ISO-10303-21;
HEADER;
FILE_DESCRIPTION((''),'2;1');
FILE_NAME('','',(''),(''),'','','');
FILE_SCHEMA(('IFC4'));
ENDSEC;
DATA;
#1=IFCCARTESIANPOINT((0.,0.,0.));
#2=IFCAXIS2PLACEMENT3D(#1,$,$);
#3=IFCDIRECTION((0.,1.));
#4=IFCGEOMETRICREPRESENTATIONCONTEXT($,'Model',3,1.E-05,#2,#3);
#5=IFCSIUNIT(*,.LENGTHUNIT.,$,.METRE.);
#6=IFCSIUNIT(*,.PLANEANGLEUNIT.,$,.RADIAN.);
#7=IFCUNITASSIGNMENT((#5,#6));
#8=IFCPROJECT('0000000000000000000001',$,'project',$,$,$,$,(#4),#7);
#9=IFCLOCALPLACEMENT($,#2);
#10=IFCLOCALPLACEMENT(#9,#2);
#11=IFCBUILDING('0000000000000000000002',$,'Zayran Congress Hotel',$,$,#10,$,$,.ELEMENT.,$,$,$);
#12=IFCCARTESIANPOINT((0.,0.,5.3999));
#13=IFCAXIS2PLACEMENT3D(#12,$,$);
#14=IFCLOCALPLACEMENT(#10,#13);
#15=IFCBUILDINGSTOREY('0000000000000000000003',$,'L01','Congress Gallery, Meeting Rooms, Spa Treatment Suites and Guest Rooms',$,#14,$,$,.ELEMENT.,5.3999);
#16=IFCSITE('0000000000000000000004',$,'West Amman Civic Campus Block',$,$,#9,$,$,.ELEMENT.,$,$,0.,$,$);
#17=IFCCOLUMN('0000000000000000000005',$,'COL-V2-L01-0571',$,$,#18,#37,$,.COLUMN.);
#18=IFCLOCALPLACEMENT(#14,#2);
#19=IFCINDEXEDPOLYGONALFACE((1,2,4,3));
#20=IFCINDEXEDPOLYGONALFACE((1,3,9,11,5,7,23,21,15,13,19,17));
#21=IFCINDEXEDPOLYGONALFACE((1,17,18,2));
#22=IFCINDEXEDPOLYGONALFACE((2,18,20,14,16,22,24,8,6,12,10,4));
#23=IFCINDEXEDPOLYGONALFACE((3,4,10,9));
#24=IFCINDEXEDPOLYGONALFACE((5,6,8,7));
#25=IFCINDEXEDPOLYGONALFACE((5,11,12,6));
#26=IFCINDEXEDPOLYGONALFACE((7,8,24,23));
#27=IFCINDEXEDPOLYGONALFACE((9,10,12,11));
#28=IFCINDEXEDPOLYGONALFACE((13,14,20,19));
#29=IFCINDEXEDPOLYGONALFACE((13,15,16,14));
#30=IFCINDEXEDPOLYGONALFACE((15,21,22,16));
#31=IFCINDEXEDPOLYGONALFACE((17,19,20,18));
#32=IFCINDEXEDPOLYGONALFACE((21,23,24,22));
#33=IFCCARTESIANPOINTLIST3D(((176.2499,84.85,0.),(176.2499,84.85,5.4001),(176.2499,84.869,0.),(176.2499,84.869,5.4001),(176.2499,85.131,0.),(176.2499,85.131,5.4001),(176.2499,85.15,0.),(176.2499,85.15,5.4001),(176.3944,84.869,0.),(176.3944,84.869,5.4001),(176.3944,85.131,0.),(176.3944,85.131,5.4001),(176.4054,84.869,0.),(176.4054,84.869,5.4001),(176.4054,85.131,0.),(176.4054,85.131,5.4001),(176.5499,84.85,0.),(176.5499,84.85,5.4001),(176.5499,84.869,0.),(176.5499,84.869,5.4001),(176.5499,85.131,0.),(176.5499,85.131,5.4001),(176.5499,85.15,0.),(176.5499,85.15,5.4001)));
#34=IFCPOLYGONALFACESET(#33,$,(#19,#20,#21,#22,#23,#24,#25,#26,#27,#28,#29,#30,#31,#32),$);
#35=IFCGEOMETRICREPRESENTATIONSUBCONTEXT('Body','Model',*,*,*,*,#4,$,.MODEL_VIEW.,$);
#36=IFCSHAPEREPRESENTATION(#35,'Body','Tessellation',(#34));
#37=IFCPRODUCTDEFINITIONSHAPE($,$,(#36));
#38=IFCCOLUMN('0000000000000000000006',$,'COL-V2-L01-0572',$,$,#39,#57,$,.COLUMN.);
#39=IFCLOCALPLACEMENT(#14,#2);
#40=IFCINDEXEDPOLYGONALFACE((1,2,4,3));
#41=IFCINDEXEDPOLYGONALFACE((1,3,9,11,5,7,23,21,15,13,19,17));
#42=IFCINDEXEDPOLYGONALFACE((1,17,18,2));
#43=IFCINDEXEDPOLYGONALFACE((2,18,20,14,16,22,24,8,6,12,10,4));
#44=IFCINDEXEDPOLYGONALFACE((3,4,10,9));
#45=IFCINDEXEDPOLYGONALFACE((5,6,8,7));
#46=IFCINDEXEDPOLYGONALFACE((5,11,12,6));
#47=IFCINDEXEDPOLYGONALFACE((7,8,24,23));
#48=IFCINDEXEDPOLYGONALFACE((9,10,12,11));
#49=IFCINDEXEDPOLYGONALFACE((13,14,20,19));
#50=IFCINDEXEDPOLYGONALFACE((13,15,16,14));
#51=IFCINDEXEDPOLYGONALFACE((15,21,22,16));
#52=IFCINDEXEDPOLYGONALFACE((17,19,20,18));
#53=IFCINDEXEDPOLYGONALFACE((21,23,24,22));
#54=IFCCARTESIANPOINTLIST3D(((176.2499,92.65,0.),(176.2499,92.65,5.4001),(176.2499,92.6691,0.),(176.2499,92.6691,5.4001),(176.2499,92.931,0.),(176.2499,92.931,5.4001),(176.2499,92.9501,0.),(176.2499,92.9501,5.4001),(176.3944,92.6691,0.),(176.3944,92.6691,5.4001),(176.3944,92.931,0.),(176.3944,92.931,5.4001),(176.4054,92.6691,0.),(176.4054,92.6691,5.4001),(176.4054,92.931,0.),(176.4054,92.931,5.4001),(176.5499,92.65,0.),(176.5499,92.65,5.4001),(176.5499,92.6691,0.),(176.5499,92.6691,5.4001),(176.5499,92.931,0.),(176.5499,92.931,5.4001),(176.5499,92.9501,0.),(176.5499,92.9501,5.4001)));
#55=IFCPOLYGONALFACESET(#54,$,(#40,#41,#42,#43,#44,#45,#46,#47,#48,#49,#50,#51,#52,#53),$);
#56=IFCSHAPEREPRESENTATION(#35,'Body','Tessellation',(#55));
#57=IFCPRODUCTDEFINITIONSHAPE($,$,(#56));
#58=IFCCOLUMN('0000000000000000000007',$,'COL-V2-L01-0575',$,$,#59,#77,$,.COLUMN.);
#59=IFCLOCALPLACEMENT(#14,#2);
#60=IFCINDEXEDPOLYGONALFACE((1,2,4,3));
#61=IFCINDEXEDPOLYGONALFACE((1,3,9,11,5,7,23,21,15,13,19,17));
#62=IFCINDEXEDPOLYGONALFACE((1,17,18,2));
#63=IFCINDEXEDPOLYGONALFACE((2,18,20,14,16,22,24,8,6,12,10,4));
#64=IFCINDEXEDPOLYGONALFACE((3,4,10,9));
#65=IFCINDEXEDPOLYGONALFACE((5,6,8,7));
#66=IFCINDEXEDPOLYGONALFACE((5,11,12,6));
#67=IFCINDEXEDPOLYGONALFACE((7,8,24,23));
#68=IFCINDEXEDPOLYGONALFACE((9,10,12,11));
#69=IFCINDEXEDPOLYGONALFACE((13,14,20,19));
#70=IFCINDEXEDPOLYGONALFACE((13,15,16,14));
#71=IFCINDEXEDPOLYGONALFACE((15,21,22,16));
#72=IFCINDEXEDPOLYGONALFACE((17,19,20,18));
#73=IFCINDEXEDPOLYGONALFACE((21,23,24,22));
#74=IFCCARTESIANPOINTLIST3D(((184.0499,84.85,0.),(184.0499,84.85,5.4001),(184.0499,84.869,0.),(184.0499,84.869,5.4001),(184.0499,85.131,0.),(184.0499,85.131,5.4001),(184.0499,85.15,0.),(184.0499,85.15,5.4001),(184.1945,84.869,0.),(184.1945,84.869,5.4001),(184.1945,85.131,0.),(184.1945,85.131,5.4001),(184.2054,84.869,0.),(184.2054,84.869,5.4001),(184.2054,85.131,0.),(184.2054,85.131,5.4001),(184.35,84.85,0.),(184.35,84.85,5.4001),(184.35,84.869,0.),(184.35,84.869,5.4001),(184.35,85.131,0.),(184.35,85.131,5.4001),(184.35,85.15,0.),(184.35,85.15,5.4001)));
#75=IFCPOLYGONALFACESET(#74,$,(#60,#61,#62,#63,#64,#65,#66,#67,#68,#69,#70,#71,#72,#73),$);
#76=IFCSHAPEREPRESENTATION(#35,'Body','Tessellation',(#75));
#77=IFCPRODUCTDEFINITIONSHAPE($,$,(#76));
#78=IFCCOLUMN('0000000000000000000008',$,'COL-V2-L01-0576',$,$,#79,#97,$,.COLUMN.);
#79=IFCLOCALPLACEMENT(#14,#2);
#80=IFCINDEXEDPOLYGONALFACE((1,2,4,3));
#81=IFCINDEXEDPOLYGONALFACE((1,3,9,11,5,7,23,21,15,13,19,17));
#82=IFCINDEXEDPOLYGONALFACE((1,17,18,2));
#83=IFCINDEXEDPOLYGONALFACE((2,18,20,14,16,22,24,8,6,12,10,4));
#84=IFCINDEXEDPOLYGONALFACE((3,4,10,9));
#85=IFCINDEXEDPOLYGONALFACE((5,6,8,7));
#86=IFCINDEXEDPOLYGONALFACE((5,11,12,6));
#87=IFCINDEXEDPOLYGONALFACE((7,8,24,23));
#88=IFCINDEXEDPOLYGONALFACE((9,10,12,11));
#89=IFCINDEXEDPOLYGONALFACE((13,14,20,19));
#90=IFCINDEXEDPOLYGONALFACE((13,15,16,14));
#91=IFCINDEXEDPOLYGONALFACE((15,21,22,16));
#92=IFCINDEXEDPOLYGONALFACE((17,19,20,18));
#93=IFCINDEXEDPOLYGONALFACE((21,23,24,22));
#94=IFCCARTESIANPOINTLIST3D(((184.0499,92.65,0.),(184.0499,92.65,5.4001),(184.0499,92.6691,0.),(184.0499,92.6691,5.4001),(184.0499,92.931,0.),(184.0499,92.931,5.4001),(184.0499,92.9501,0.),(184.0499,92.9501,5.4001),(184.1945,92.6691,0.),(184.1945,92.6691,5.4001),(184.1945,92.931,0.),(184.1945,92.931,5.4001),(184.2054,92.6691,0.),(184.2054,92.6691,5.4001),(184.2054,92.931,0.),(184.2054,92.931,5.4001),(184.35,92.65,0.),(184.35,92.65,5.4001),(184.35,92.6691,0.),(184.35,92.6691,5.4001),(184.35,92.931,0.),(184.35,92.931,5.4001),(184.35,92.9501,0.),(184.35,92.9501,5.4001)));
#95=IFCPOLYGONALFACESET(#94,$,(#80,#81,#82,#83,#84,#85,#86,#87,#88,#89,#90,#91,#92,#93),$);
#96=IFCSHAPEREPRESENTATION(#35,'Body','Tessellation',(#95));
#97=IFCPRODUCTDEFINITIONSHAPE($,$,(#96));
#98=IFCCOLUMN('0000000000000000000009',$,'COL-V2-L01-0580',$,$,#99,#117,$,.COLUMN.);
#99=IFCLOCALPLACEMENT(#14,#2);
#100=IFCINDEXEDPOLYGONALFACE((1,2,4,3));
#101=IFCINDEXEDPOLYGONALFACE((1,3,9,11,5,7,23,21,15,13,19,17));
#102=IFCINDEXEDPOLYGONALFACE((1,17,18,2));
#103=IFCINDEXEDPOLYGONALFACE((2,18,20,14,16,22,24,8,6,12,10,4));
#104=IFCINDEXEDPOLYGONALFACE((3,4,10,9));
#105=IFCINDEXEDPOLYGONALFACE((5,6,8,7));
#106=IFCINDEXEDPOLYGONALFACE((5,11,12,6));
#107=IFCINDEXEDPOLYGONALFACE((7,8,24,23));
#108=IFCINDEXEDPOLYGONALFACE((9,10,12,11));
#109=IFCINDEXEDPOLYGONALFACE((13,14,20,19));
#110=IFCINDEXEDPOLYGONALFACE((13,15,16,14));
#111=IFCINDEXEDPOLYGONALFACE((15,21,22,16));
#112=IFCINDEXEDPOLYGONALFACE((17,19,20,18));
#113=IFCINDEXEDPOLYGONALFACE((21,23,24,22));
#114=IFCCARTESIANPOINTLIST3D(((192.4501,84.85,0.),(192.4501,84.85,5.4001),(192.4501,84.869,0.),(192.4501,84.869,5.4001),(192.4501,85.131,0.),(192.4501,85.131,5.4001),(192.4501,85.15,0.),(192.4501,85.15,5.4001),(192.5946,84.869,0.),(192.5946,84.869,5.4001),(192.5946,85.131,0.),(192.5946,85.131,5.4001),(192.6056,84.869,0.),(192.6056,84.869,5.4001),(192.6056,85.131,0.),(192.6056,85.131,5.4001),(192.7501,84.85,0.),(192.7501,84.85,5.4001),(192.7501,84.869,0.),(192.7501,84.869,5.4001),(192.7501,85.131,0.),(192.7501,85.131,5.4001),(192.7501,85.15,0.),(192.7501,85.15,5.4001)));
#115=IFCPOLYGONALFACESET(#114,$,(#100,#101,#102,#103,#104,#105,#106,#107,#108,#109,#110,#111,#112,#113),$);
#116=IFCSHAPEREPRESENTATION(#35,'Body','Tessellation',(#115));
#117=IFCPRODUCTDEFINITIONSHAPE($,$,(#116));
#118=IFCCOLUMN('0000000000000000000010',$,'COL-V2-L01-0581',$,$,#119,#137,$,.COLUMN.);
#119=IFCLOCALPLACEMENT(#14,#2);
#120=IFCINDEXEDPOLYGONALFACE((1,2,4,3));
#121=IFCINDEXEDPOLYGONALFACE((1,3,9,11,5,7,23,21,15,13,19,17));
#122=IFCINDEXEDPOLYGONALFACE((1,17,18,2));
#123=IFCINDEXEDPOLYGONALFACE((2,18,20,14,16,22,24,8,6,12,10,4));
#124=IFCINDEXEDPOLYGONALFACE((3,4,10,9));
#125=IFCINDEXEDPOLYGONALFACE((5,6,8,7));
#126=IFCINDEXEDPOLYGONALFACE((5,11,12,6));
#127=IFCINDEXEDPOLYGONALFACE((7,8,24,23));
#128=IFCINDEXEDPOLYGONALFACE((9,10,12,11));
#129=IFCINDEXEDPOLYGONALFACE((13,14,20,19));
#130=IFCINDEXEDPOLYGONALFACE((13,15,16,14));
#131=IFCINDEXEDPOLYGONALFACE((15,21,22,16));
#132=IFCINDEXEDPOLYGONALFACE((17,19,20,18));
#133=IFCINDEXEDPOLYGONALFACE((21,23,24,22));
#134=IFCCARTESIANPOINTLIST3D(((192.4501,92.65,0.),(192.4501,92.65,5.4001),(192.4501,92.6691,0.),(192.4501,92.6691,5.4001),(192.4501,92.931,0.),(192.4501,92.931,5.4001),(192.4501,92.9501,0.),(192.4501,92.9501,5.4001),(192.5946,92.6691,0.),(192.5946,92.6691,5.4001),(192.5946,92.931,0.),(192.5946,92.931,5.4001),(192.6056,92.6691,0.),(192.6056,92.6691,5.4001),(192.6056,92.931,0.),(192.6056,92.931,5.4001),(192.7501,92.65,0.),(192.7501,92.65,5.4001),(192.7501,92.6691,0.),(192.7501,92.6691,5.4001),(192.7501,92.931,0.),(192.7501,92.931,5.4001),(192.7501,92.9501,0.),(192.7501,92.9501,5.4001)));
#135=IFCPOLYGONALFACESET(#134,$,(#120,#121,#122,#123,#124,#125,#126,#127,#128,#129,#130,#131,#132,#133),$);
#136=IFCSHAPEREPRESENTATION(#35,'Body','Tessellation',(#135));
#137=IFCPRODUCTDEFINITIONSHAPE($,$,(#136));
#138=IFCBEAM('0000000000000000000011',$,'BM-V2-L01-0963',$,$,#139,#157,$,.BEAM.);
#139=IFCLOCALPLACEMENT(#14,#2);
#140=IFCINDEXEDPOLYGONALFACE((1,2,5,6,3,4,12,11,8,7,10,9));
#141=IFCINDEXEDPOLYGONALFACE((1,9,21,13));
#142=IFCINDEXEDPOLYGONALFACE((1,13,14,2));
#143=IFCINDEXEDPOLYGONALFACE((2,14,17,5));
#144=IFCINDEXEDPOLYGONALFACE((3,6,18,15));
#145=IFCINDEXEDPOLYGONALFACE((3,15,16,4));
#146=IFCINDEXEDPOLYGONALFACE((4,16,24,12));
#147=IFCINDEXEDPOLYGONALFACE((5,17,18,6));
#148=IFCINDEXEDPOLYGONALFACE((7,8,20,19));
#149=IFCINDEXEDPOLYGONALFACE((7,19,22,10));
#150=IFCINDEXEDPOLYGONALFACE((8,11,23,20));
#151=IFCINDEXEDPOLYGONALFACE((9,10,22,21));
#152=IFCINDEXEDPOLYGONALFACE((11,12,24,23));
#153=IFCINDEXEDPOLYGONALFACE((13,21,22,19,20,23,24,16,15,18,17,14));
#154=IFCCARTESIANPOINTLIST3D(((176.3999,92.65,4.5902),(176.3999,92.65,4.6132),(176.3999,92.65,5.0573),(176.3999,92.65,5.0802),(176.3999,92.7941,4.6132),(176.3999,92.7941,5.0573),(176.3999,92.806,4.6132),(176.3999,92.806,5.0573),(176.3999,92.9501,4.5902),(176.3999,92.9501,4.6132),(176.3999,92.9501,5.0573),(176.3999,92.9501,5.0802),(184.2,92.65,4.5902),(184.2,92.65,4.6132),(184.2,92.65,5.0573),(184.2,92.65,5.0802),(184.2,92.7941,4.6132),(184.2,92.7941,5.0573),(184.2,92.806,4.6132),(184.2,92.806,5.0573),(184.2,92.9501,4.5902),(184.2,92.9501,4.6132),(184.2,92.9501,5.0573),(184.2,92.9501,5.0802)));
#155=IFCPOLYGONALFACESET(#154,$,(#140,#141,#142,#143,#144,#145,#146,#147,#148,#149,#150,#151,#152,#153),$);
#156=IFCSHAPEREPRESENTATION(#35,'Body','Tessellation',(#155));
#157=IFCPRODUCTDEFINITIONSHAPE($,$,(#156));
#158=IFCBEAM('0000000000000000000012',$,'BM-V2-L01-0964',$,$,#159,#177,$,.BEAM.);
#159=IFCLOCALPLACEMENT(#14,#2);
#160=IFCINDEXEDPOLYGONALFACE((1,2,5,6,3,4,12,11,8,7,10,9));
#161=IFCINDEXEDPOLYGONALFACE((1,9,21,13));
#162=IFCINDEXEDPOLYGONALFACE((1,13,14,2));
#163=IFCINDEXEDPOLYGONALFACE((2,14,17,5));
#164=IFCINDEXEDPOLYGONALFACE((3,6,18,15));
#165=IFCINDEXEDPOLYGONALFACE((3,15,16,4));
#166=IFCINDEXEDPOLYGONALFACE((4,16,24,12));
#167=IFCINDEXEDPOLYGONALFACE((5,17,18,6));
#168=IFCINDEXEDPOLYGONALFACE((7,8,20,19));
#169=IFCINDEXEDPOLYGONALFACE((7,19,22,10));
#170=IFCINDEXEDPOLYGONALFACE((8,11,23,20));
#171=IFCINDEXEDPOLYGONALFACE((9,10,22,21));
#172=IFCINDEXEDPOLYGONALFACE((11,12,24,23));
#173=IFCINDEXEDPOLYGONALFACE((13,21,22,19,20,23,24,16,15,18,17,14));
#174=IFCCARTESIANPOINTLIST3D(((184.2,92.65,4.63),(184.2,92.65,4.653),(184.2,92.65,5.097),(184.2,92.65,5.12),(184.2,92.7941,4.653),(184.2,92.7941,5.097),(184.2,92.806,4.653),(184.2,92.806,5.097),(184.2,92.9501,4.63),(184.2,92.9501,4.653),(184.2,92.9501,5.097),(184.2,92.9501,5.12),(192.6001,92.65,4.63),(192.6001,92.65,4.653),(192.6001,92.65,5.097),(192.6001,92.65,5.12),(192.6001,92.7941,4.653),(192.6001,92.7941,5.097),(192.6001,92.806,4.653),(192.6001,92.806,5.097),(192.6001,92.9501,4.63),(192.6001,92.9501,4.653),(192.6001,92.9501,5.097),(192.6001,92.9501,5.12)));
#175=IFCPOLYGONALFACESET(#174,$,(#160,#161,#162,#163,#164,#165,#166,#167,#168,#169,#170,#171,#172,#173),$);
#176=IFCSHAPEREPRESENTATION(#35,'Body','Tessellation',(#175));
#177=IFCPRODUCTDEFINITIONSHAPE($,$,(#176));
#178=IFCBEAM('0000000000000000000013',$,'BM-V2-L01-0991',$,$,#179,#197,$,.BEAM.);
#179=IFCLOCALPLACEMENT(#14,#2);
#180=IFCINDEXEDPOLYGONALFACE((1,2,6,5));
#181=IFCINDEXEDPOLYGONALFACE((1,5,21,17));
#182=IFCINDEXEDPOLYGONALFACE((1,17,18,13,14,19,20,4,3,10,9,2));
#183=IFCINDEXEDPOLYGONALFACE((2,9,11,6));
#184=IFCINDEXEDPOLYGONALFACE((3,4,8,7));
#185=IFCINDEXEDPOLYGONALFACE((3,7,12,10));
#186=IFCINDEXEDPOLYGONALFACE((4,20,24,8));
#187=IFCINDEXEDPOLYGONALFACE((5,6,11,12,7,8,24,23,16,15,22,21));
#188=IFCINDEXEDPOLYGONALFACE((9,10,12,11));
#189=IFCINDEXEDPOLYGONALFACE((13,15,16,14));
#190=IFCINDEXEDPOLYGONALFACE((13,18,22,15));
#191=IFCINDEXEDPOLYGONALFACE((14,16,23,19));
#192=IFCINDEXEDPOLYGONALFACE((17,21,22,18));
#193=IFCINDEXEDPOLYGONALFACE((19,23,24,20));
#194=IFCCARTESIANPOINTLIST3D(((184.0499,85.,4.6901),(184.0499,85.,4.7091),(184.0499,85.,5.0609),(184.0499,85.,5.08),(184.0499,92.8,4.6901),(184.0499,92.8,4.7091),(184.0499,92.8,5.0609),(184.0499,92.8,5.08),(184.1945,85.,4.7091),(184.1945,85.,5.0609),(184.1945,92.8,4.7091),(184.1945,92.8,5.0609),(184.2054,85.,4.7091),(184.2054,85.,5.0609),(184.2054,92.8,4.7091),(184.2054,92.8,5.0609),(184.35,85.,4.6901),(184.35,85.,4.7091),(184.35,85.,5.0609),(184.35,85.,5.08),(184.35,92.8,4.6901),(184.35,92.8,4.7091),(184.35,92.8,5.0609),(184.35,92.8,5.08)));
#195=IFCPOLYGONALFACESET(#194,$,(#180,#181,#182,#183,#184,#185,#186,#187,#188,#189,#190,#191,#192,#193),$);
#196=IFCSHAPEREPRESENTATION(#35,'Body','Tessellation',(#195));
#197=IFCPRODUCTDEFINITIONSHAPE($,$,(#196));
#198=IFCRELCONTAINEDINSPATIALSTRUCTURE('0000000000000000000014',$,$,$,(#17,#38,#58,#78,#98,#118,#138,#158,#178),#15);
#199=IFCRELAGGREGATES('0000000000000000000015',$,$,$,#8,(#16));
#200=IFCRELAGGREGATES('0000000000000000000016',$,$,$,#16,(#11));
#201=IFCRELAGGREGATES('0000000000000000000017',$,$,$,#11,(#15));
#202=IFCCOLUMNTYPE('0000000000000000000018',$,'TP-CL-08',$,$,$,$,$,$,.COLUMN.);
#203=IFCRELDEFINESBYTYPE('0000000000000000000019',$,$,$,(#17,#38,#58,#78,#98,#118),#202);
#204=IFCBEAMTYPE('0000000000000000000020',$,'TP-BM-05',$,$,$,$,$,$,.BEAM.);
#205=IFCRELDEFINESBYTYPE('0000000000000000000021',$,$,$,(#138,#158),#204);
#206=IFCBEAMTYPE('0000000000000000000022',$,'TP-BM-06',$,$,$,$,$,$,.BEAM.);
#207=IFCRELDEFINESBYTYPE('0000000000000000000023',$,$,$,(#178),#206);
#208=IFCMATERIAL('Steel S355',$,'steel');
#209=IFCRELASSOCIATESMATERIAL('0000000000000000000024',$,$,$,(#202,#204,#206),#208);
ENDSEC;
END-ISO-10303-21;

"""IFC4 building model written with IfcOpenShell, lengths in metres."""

from ifc_helpers import new_model, si_unit, direction, frame, origin, origin_2d, place, context, subcontext, project, spatial, i_section, extrude, material, material_profile, profile_set, type_object, element, save


model = new_model("IFC4")

# Units and contexts
model_context = context("Model", 3, precision=1e-05, world=origin(), true_north=direction((0.0, 1.0)))
body_context = subcontext(model_context, "Body", "Model", "MODEL_VIEW")
ifc_project = project(units=[si_unit("LENGTHUNIT", "METRE"), si_unit("PLANEANGLEUNIT", "RADIAN")], contexts=[model_context])

# Site, building, storey
site_placement = place(None, origin())
site = spatial("IfcSite", under=ifc_project, at=site_placement, Name="West Amman Civic Campus Block", CompositionType="ELEMENT", RefElevation=0.0)
building_placement = place(site_placement, origin())
building = spatial("IfcBuilding", under=site, at=building_placement, Name="Zayran Congress Hotel", CompositionType="ELEMENT")
storey_placement = place(building_placement, frame((0.0, 0.0, 5.3999)))
storey = spatial("IfcBuildingStorey", under=building, at=storey_placement, Name="L01", Description="Congress Gallery, Meeting Rooms, Spa Treatment Suites and Guest Rooms", CompositionType="ELEMENT", Elevation=5.3999)

# Columns
ifc_material_1 = material(Name="Steel S355", Category="steel")
ifc_material_profile_1 = material_profile(ifc_material_1, i_section(OverallWidth=0.3, OverallDepth=0.3, WebThickness=0.011, FlangeThickness=0.019, at=origin_2d()), Name="HEB 300")
ifc_profile_set_1 = profile_set([ifc_material_profile_1], Name="Steel S355")
column_type = type_object("IfcColumnType", Name="TP-CL-08", PredefinedType="COLUMN", material=ifc_profile_set_1)
for number, where, z_axis, x_axis, name in (
    (1, (176.3999, 85.0, 0.0), (0.0, 0.0, 1.0), (1.0, 0.0, 0.0), "COL-V2-L01-0571"),
    (2, (176.3999, 92.8, 0.0), (0.0, 0.0, 1.0), (1.0, 0.0, 0.0), "COL-V2-L01-0572"),
    (3, (184.2, 85.0, 0.0), (0.0, 0.0, 1.0), (1.0, 0.0, 0.0), "COL-V2-L01-0575"),
    (4, (184.2, 92.8, 0.0), (0.0, 0.0, 1.0), (1.0, 0.0, 0.0), "COL-V2-L01-0576"),
    (5, (192.6001, 85.0, 0.0), (0.0, 0.0, 1.0), (1.0, 0.0, 0.0), "COL-V2-L01-0580"),
    (6, (192.6001, 92.8, 0.0), (0.0, 0.0, 1.0), (1.0, 0.0, 0.0), "COL-V2-L01-0581"),
):
    element("IfcColumn", number, at=place(storey_placement, frame(where, z_axis=z_axis, x_axis=x_axis)), inside=storey, type_object=column_type, Name=name, PredefinedType="COLUMN", context=body_context, shape_type="SweptSolid", body=[
        extrude(i_section(OverallWidth=0.3, OverallDepth=0.3, WebThickness=0.011, FlangeThickness=0.019, at=origin_2d()), origin(), (0.0, 0.0, 1.0), 5.4001),
    ])

# Beams
ifc_material_profile_2 = material_profile(ifc_material_1, i_section(OverallWidth=0.3, OverallDepth=0.49, WebThickness=0.012, FlangeThickness=0.0229, at=origin_2d()), Name="HEA 500")
ifc_profile_set_2 = profile_set([ifc_material_profile_2], Name="Steel S355")
beam_type_1 = type_object("IfcBeamType", Name="TP-BM-05", PredefinedType="BEAM", material=ifc_profile_set_2)
beam_1_placement = place(storey_placement, frame((176.3999, 92.8, 4.8352), z_axis=(1.0, 0.0, 0.0), x_axis=(0.0, 1.0, 0.0)))
element("IfcBeam", 7, at=beam_1_placement, inside=storey, type_object=beam_type_1, Name="BM-V2-L01-0963", PredefinedType="BEAM", context=body_context, shape_type="SweptSolid", body=[
    extrude(i_section(OverallWidth=0.3, OverallDepth=0.49, WebThickness=0.012, FlangeThickness=0.0229, at=origin_2d()), origin(), (0.0, 0.0, 1.0), 7.8),
])
beam_2_placement = place(storey_placement, frame((184.2, 92.8, 4.875), z_axis=(1.0, 0.0, 0.0), x_axis=(0.0, 1.0, 0.0)))
element("IfcBeam", 8, at=beam_2_placement, inside=storey, type_object=beam_type_1, Name="BM-V2-L01-0964", PredefinedType="BEAM", context=body_context, shape_type="SweptSolid", body=[
    extrude(i_section(OverallWidth=0.3, OverallDepth=0.49, WebThickness=0.012, FlangeThickness=0.0229, at=origin_2d()), origin(), (0.0, 0.0, 1.0), 8.4001),
])
ifc_material_profile_3 = material_profile(ifc_material_1, i_section(OverallWidth=0.3, OverallDepth=0.3899, WebThickness=0.011, FlangeThickness=0.019, at=origin_2d()), Name="HEA 400")
ifc_profile_set_3 = profile_set([ifc_material_profile_3], Name="Steel S355")
beam_type_2 = type_object("IfcBeamType", Name="TP-BM-06", PredefinedType="BEAM", material=ifc_profile_set_3)
beam_3_placement = place(storey_placement, frame((184.2, 85.0, 4.885), z_axis=(0.0, 1.0, 0.0), x_axis=(-1.0, 0.0, 0.0)))
element("IfcBeam", 9, at=beam_3_placement, inside=storey, type_object=beam_type_2, Name="BM-V2-L01-0991", PredefinedType="BEAM", context=body_context, shape_type="SweptSolid", body=[
    extrude(i_section(OverallWidth=0.3, OverallDepth=0.3899, WebThickness=0.011, FlangeThickness=0.019, at=origin_2d()), origin(), (0.0, 0.0, 1.0), 7.8),
])

save(model, "model.ifc")
